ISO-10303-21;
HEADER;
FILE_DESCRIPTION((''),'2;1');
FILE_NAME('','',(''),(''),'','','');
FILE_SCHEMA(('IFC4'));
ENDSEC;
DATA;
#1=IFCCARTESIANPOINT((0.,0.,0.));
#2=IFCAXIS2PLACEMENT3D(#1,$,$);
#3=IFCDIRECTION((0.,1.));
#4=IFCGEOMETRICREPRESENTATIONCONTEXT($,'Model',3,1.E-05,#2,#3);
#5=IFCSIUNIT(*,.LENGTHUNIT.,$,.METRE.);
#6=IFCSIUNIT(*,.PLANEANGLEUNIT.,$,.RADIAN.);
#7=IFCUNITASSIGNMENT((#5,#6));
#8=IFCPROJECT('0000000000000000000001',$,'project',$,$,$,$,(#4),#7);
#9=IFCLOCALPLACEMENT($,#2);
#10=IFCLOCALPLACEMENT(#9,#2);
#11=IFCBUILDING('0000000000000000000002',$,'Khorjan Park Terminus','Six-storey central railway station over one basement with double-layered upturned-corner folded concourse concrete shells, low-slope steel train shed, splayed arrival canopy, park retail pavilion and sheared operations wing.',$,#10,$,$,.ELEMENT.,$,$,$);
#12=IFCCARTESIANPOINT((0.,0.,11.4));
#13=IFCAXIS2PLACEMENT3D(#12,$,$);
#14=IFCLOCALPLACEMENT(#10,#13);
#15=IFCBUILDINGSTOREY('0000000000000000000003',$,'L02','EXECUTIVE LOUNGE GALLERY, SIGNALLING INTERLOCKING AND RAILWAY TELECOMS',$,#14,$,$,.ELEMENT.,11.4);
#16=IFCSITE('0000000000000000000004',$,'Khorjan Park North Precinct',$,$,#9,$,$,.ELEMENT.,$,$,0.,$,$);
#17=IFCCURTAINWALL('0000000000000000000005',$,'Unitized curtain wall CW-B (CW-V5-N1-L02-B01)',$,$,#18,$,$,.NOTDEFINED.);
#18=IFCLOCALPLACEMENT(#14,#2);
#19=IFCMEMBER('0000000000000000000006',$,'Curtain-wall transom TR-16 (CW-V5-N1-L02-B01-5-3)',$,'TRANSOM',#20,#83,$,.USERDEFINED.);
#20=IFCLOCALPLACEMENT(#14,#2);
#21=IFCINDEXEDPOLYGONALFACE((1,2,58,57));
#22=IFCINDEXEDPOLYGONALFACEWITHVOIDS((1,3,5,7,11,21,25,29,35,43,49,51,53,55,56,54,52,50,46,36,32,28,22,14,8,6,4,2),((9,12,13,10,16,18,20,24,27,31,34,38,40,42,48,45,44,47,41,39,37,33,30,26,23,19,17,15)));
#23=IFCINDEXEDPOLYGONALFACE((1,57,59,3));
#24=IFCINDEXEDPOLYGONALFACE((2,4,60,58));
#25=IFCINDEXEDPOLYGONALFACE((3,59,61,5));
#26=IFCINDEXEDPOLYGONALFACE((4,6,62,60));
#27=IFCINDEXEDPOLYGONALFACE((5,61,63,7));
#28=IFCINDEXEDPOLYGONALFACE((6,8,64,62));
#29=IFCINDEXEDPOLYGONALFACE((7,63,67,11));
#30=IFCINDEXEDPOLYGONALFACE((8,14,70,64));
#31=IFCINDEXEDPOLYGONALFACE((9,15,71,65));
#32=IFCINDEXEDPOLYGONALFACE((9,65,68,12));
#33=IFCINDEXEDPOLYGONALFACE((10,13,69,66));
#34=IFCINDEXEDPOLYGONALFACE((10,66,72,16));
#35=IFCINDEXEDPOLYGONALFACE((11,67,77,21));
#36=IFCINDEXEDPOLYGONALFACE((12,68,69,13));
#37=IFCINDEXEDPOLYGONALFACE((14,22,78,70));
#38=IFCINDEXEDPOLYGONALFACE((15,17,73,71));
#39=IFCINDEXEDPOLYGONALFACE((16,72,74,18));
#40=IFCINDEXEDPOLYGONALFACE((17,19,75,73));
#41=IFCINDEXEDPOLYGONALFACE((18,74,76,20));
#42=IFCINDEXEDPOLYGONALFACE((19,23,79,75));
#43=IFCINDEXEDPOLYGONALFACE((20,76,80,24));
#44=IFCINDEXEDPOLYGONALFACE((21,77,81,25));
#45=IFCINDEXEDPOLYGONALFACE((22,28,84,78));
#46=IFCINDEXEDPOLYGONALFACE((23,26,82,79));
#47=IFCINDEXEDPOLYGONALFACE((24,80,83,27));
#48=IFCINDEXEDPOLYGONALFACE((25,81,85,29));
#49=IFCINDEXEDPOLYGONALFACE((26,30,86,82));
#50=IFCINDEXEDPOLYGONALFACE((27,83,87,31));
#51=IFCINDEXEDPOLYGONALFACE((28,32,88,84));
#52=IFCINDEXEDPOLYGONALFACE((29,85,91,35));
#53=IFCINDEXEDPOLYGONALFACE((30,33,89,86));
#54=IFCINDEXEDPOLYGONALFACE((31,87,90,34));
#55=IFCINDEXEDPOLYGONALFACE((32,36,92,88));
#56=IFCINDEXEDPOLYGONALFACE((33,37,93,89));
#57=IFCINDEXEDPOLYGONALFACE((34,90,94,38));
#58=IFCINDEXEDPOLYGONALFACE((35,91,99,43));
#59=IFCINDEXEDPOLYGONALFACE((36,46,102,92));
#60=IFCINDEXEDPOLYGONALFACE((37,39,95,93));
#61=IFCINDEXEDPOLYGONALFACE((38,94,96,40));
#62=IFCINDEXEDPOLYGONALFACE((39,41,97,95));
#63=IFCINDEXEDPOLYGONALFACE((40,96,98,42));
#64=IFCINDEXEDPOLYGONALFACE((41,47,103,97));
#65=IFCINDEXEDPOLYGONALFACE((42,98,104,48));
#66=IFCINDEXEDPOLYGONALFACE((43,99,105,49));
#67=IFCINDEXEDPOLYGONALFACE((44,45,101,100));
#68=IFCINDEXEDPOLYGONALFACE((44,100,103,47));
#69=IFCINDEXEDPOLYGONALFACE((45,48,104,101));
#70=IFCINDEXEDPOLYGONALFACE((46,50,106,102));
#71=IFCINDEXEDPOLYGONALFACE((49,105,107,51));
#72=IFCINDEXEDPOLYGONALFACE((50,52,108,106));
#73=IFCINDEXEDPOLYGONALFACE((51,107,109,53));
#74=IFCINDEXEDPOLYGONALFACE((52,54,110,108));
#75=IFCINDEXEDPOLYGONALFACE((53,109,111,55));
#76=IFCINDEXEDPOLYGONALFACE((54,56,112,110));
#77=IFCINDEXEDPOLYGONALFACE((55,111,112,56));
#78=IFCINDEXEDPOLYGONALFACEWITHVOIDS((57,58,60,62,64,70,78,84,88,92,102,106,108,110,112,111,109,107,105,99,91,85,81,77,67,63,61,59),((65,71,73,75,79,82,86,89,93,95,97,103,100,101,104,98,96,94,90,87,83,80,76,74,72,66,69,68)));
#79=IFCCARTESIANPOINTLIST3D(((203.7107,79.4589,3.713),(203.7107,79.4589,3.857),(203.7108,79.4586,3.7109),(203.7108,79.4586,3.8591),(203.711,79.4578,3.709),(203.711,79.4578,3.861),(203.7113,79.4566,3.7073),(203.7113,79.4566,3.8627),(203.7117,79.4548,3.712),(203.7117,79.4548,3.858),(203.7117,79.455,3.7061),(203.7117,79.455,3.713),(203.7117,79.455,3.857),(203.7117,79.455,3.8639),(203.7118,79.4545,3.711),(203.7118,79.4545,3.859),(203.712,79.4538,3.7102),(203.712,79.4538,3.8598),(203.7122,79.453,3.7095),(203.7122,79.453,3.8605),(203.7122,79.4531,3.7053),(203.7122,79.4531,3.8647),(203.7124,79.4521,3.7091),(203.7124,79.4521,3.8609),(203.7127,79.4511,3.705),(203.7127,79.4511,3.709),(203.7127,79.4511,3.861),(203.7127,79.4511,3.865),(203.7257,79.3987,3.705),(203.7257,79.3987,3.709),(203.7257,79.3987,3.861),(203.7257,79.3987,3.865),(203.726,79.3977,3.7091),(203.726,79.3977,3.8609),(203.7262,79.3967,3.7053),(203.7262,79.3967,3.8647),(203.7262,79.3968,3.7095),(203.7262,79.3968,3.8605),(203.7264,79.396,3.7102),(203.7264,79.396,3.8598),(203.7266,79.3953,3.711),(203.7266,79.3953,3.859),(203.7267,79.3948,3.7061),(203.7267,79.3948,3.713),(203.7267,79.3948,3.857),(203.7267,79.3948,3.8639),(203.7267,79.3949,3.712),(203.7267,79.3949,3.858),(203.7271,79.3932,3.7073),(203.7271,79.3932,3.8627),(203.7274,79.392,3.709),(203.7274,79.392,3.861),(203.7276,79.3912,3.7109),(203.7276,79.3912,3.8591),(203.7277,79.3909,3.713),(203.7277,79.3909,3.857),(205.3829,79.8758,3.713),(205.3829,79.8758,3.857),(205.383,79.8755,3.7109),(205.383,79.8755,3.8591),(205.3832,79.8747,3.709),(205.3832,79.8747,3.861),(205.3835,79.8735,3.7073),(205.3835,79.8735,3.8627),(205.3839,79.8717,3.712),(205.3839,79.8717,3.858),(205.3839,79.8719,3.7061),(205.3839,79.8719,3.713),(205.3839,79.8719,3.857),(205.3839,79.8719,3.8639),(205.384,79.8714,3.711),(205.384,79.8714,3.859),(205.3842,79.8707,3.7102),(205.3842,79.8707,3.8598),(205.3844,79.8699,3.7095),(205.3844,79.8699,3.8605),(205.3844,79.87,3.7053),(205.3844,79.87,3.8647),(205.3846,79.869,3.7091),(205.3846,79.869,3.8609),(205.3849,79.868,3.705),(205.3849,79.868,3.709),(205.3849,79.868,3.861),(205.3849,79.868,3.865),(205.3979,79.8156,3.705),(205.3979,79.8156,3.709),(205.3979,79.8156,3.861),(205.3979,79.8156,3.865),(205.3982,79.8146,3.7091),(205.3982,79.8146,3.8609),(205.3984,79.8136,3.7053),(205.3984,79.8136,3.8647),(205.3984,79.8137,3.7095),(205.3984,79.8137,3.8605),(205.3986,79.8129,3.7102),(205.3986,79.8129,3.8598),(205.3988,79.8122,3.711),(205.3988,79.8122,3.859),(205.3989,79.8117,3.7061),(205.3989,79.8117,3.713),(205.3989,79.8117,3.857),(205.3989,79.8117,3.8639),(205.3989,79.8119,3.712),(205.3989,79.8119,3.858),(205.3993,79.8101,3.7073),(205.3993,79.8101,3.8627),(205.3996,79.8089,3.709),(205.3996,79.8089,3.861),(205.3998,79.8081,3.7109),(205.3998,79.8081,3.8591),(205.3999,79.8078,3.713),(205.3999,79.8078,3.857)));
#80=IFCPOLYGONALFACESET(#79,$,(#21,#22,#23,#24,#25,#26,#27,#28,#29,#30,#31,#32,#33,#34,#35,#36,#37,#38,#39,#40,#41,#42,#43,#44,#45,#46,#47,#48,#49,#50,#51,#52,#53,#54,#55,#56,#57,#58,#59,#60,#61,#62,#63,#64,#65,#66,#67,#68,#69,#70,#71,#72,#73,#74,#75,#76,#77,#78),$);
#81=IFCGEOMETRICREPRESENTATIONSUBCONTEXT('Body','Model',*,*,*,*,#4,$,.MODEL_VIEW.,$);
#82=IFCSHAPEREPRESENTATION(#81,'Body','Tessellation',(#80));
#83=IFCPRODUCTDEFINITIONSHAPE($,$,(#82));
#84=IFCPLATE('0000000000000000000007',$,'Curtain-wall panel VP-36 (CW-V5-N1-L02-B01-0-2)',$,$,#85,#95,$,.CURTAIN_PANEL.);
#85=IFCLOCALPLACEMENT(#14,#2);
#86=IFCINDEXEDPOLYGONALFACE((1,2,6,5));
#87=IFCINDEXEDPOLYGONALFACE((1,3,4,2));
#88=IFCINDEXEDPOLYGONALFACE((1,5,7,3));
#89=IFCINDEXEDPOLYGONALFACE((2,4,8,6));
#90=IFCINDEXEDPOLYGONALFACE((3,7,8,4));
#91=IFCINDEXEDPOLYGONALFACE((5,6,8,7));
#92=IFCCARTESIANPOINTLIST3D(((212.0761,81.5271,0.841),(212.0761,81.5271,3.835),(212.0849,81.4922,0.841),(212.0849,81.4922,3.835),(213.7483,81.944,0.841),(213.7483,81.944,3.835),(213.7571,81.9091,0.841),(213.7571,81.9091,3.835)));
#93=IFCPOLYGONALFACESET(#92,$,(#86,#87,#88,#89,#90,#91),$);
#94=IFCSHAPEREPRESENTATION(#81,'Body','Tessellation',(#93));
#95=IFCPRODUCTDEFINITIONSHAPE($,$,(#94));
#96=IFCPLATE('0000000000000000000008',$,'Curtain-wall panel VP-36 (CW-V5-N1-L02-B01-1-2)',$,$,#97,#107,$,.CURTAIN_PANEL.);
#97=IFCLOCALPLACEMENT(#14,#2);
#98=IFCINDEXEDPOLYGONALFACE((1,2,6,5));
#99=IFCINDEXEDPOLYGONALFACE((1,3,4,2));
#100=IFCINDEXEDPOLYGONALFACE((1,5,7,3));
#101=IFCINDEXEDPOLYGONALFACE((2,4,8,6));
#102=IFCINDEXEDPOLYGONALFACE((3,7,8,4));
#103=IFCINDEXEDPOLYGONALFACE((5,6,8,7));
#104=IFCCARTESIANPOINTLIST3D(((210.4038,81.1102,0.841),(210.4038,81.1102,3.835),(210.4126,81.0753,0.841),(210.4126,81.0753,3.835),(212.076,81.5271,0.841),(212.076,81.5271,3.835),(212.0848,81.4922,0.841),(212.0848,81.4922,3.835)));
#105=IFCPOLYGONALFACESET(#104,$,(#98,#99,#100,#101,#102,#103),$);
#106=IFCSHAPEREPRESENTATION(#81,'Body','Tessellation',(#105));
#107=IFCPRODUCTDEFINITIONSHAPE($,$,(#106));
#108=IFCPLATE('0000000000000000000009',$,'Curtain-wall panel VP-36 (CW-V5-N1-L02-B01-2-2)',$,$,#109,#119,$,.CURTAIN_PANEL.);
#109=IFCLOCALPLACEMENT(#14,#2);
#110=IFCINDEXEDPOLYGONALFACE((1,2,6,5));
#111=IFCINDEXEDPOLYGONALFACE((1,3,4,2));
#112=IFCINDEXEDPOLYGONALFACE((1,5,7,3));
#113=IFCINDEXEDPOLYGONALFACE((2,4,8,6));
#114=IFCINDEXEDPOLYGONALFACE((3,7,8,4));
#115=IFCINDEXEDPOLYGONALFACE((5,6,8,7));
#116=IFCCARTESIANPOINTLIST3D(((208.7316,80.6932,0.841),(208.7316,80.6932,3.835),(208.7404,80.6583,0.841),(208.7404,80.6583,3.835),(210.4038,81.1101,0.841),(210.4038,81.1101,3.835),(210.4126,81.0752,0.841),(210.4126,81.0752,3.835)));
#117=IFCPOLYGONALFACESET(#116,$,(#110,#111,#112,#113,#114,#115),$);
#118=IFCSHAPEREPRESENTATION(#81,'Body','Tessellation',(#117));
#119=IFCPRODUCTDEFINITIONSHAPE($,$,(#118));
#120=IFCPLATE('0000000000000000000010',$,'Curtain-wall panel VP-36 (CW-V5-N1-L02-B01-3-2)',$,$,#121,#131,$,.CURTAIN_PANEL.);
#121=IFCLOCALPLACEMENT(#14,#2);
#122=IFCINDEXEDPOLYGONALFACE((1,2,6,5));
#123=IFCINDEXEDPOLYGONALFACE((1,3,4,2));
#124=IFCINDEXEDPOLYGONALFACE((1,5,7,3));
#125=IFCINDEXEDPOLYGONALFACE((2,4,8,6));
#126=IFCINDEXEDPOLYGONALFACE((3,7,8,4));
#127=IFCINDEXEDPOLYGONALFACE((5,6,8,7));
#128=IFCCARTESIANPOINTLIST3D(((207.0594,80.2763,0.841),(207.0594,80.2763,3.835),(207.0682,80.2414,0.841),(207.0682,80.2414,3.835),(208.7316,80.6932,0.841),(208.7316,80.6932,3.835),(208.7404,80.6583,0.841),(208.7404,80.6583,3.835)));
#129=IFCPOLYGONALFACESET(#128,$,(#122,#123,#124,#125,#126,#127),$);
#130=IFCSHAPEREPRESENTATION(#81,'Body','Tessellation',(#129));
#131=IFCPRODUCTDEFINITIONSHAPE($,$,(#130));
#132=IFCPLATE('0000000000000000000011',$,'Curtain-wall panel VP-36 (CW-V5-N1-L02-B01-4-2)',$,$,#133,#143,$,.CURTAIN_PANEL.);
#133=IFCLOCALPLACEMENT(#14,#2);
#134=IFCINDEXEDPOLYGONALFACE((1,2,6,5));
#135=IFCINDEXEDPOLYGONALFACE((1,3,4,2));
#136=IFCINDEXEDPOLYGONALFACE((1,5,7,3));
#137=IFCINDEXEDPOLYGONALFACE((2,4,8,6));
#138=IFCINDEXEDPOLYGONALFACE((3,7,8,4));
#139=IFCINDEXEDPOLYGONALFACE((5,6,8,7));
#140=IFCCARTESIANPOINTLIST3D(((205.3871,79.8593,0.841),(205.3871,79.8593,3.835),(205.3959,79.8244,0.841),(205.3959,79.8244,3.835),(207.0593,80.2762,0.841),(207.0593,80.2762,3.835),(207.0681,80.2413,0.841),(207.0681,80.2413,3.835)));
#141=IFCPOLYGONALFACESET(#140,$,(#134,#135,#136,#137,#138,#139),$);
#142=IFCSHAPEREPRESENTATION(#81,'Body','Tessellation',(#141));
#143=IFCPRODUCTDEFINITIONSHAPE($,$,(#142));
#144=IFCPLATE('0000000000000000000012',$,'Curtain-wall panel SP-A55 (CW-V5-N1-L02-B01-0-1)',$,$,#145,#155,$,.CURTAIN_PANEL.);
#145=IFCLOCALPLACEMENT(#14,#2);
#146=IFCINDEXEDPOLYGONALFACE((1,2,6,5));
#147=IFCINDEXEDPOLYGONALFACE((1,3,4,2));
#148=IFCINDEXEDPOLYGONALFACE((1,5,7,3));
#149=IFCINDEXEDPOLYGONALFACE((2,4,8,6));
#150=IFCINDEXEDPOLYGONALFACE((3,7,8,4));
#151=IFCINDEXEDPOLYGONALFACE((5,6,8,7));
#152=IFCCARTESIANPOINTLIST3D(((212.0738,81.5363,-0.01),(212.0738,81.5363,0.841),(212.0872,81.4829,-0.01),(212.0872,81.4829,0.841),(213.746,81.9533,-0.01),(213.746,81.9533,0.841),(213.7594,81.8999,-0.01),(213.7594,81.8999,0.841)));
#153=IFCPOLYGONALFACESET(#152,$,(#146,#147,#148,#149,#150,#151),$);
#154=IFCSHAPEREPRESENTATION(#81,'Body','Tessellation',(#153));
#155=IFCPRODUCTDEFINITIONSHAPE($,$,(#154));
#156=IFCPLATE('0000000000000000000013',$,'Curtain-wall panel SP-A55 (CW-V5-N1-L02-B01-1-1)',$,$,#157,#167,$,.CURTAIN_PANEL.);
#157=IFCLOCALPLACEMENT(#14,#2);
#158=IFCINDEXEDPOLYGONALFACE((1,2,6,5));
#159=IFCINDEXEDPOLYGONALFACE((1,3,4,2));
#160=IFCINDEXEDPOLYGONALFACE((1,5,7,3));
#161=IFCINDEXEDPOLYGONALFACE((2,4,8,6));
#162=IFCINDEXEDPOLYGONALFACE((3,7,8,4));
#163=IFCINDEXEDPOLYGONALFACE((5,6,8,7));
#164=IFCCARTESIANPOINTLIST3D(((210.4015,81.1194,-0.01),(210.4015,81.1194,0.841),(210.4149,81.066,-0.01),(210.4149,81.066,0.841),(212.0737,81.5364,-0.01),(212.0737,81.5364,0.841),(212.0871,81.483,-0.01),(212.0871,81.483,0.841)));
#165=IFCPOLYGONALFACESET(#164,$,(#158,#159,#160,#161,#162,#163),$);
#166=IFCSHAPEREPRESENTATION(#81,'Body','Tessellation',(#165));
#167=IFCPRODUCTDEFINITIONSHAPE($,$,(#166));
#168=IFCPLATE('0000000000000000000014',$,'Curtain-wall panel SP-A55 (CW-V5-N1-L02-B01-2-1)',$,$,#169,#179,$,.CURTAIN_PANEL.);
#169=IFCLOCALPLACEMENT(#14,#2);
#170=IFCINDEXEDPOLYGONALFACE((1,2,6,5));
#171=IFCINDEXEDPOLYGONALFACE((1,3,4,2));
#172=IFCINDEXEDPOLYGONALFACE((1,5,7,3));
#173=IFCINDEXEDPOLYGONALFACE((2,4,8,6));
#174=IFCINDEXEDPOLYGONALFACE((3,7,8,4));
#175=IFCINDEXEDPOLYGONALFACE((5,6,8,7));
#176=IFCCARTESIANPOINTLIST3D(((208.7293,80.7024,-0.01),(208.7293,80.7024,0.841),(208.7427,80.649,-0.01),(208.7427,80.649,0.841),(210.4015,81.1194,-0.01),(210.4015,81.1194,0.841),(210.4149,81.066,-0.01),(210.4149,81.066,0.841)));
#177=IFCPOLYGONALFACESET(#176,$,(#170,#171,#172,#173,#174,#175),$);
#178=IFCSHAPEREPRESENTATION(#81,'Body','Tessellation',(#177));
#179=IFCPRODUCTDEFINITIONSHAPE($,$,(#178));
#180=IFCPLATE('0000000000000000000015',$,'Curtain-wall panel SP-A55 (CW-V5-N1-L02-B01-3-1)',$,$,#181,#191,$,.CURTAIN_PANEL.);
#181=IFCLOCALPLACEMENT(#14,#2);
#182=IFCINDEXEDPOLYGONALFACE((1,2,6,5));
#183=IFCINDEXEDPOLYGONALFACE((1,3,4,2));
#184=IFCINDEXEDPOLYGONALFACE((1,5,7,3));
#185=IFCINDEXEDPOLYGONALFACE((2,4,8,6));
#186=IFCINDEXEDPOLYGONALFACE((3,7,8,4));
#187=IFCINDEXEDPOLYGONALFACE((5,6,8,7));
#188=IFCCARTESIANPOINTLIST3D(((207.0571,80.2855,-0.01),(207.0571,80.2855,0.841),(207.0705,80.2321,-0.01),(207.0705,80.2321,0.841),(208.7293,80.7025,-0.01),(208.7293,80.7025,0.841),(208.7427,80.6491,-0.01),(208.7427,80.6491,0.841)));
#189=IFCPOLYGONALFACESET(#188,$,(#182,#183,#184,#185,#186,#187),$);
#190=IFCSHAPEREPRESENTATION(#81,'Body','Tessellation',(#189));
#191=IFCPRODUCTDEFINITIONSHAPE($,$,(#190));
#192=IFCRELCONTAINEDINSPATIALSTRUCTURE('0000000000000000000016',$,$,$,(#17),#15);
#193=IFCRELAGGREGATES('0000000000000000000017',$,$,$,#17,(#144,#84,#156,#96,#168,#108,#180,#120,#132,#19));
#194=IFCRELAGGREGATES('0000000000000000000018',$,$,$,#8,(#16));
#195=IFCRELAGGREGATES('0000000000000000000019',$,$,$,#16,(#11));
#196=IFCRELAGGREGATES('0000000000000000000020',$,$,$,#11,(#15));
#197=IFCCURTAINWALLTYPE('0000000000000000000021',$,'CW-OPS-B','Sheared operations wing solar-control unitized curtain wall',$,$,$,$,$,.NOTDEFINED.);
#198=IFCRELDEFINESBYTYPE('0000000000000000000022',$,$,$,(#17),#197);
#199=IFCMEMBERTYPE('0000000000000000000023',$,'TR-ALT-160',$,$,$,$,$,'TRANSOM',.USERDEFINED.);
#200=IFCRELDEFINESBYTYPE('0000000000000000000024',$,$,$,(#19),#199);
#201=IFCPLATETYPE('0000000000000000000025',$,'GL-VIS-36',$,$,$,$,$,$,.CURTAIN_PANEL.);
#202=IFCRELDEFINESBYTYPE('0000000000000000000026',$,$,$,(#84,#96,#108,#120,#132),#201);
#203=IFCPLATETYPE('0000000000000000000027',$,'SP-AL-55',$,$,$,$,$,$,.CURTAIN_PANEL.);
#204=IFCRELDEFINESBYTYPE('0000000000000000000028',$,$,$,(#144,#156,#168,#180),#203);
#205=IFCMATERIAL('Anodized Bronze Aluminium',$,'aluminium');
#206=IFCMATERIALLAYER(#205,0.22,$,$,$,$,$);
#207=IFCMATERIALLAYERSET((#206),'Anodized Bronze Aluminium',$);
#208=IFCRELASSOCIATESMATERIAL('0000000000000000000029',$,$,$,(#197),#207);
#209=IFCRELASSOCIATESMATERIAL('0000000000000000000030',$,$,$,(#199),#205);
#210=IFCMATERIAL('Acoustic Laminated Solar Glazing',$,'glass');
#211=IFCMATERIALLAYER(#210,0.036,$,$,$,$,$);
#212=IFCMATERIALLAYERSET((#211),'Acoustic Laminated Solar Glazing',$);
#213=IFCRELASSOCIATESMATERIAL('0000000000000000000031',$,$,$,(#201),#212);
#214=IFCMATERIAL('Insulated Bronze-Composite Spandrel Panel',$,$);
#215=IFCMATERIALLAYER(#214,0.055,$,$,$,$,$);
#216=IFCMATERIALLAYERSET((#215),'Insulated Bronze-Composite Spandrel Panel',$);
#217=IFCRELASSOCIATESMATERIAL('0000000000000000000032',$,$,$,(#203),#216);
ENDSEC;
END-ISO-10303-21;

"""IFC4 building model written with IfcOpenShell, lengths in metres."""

from ifc_helpers import new_model, si_unit, direction, frame, origin, origin_2d, place, context, subcontext, project, spatial, rectangle, hollow_rectangle, extrude, material, layer, layer_set, material_profile, profile_set, type_object, element, aggregate, save


model = new_model("IFC4")

# Units and contexts
model_context = context("Model", 3, precision=1e-05, world=origin(), true_north=direction((0.0, 1.0)))
body_context = subcontext(model_context, "Body", "Model", "MODEL_VIEW")
ifc_project = project(units=[si_unit("LENGTHUNIT", "METRE"), si_unit("PLANEANGLEUNIT", "RADIAN")], contexts=[model_context])

# Site, building, storey
site_placement = place(None, origin())
site = spatial("IfcSite", under=ifc_project, at=site_placement, Name="Khorjan Park North Precinct", CompositionType="ELEMENT", RefElevation=0.0)
building_placement = place(site_placement, origin())
building = spatial("IfcBuilding", under=site, at=building_placement, Name="Khorjan Park Terminus", Description="Six-storey central railway station over one basement with double-layered upturned-corner folded concourse concrete shells, low-slope steel train shed, splayed arrival canopy, park retail pavilion and sheared operations wing.", CompositionType="ELEMENT")
storey_placement = place(building_placement, frame((0.0, 0.0, 11.4)))
storey = spatial("IfcBuildingStorey", under=building, at=storey_placement, Name="L02", Description="EXECUTIVE LOUNGE GALLERY, SIGNALLING INTERLOCKING AND RAILWAY TELECOMS", CompositionType="ELEMENT", Elevation=11.4)

# Curtain wall, member, plates
ifc_material_1 = material(Name="Anodized Bronze Aluminium", Category="aluminium")
ifc_layer_1 = layer(ifc_material_1, 0.22)
ifc_layer_set_1 = layer_set([ifc_layer_1], Name="Anodized Bronze Aluminium")
curtain_wall_type = type_object("IfcCurtainWallType", Name="CW-OPS-B", Description="Sheared operations wing solar-control unitized curtain wall", PredefinedType="NOTDEFINED", material=ifc_layer_set_1)
curtain_wall_placement = place(storey_placement, origin())
curtain_wall = element("IfcCurtainWall", 1, at=curtain_wall_placement, inside=storey, type_object=curtain_wall_type, Name="Unitized curtain wall CW-B (CW-V5-N1-L02-B01)", PredefinedType="NOTDEFINED")
ifc_material_profile_1 = material_profile(ifc_material_1, hollow_rectangle(XDim=0.07, YDim=0.16, WallThickness=0.004, InnerFilletRadius=0.004, OuterFilletRadius=0.008, at=origin_2d()), Name="ALT 70x160x4")
ifc_profile_set_1 = profile_set([ifc_material_profile_1], Name="Anodized Bronze Aluminium")
member_type_1 = type_object("IfcMemberType", Name="TR-ALT-160", ElementType="TRANSOM", PredefinedType="USERDEFINED", material=ifc_profile_set_1)
member_1_placement = place(storey_placement, frame((205.3914, 79.8418, 3.785), z_axis=(-0.970299, -0.241908, 0.0), x_axis=(0.241908, -0.970299, 0.0)))
member_1 = element("IfcMember", 2, at=member_1_placement, type_object=member_type_1, Name="Curtain-wall transom TR-16 (CW-V5-N1-L02-B01-5-3)", ObjectType="TRANSOM", PredefinedType="USERDEFINED", context=body_context, shape_type="SweptSolid", body=[
    extrude(hollow_rectangle(XDim=0.07, YDim=0.16, WallThickness=0.004, InnerFilletRadius=0.004, OuterFilletRadius=0.008, at=origin_2d()), origin(), (0.0, 0.0, 1.0), 1.7234),
])
ifc_material_2 = material(Name="Acoustic Laminated Solar Glazing", Category="glass")
ifc_layer_2 = layer(ifc_material_2, 0.036)
ifc_layer_set_2 = layer_set([ifc_layer_2], Name="Acoustic Laminated Solar Glazing")
plate_type_1 = type_object("IfcPlateType", Name="GL-VIS-36", PredefinedType="CURTAIN_PANEL", material=ifc_layer_set_2)
plate_1_placement = place(storey_placement, frame((212.9166, 81.7181, 0.841), z_axis=(0.0, 0.0, 1.0), x_axis=(-0.970294, -0.241928, 0.0)))
plate_1 = element("IfcPlate", 3, at=plate_1_placement, type_object=plate_type_1, Name="Curtain-wall panel VP-36 (CW-V5-N1-L02-B01-0-2)", PredefinedType="CURTAIN_PANEL", context=body_context, shape_type="SweptSolid", body=[
    extrude(rectangle(XDim=1.7234, YDim=0.036, at=origin_2d()), origin(), (0.0, 0.0, 1.0), 2.994),
])
plate_2_placement = place(storey_placement, frame((211.2443, 81.3012, 0.841), z_axis=(0.0, 0.0, 1.0), x_axis=(-0.970294, -0.241928, 0.0)))
plate_2 = element("IfcPlate", 4, at=plate_2_placement, type_object=plate_type_1, Name="Curtain-wall panel VP-36 (CW-V5-N1-L02-B01-1-2)", PredefinedType="CURTAIN_PANEL", context=body_context, shape_type="SweptSolid", body=[
    extrude(rectangle(XDim=1.7234, YDim=0.036, at=origin_2d()), origin(), (0.0, 0.0, 1.0), 2.994),
])
plate_3_placement = place(storey_placement, frame((209.5721, 80.8842, 0.841), z_axis=(0.0, 0.0, 1.0), x_axis=(-0.970294, -0.241928, 0.0)))
plate_3 = element("IfcPlate", 5, at=plate_3_placement, type_object=plate_type_1, Name="Curtain-wall panel VP-36 (CW-V5-N1-L02-B01-2-2)", PredefinedType="CURTAIN_PANEL", context=body_context, shape_type="SweptSolid", body=[
    extrude(rectangle(XDim=1.7234, YDim=0.036, at=origin_2d()), origin(), (0.0, 0.0, 1.0), 2.994),
])
plate_4_placement = place(storey_placement, frame((207.8999, 80.4673, 0.841), z_axis=(0.0, 0.0, 1.0), x_axis=(-0.970294, -0.241928, 0.0)))
plate_4 = element("IfcPlate", 6, at=plate_4_placement, type_object=plate_type_1, Name="Curtain-wall panel VP-36 (CW-V5-N1-L02-B01-3-2)", PredefinedType="CURTAIN_PANEL", context=body_context, shape_type="SweptSolid", body=[
    extrude(rectangle(XDim=1.7234, YDim=0.036, at=origin_2d()), origin(), (0.0, 0.0, 1.0), 2.994),
])
plate_5_placement = place(storey_placement, frame((206.2276, 80.0503, 0.841), z_axis=(0.0, 0.0, 1.0), x_axis=(-0.970294, -0.241928, 0.0)))
plate_5 = element("IfcPlate", 7, at=plate_5_placement, type_object=plate_type_1, Name="Curtain-wall panel VP-36 (CW-V5-N1-L02-B01-4-2)", PredefinedType="CURTAIN_PANEL", context=body_context, shape_type="SweptSolid", body=[
    extrude(rectangle(XDim=1.7234, YDim=0.036, at=origin_2d()), origin(), (0.0, 0.0, 1.0), 2.994),
])
ifc_material_3 = material(Name="Insulated Bronze-Composite Spandrel Panel")
ifc_layer_3 = layer(ifc_material_3, 0.055)
ifc_layer_set_3 = layer_set([ifc_layer_3], Name="Insulated Bronze-Composite Spandrel Panel")
plate_type_2 = type_object("IfcPlateType", Name="SP-AL-55", PredefinedType="CURTAIN_PANEL", material=ifc_layer_set_3)
plate_6_placement = place(storey_placement, frame((212.9166, 81.7181, -0.01), z_axis=(0.0, 0.0, 1.0), x_axis=(-0.970294, -0.241928, 0.0)))
plate_6 = element("IfcPlate", 8, at=plate_6_placement, type_object=plate_type_2, Name="Curtain-wall panel SP-A55 (CW-V5-N1-L02-B01-0-1)", PredefinedType="CURTAIN_PANEL", context=body_context, shape_type="SweptSolid", body=[
    extrude(rectangle(XDim=1.7234, YDim=0.055, at=origin_2d()), origin(), (0.0, 0.0, 1.0), 0.851),
])
plate_7_placement = place(storey_placement, frame((211.2443, 81.3012, -0.01), z_axis=(0.0, 0.0, 1.0), x_axis=(-0.970294, -0.241928, 0.0)))
plate_7 = element("IfcPlate", 9, at=plate_7_placement, type_object=plate_type_2, Name="Curtain-wall panel SP-A55 (CW-V5-N1-L02-B01-1-1)", PredefinedType="CURTAIN_PANEL", context=body_context, shape_type="SweptSolid", body=[
    extrude(rectangle(XDim=1.7234, YDim=0.055, at=origin_2d()), origin(), (0.0, 0.0, 1.0), 0.851),
])
plate_8_placement = place(storey_placement, frame((209.5721, 80.8842, -0.01), z_axis=(0.0, 0.0, 1.0), x_axis=(-0.970294, -0.241928, 0.0)))
plate_8 = element("IfcPlate", 10, at=plate_8_placement, type_object=plate_type_2, Name="Curtain-wall panel SP-A55 (CW-V5-N1-L02-B01-2-1)", PredefinedType="CURTAIN_PANEL", context=body_context, shape_type="SweptSolid", body=[
    extrude(rectangle(XDim=1.7234, YDim=0.055, at=origin_2d()), origin(), (0.0, 0.0, 1.0), 0.851),
])
plate_9_placement = place(storey_placement, frame((207.8999, 80.4673, -0.01), z_axis=(0.0, 0.0, 1.0), x_axis=(-0.970294, -0.241928, 0.0)))
plate_9 = element("IfcPlate", 11, at=plate_9_placement, type_object=plate_type_2, Name="Curtain-wall panel SP-A55 (CW-V5-N1-L02-B01-3-1)", PredefinedType="CURTAIN_PANEL", context=body_context, shape_type="SweptSolid", body=[
    extrude(rectangle(XDim=1.7234, YDim=0.055, at=origin_2d()), origin(), (0.0, 0.0, 1.0), 0.851),
])
aggregate(curtain_wall, [plate_6, plate_1, plate_7, plate_2, plate_8, plate_3, plate_9, plate_4, plate_5, member_1])

save(model, "model.ifc")
